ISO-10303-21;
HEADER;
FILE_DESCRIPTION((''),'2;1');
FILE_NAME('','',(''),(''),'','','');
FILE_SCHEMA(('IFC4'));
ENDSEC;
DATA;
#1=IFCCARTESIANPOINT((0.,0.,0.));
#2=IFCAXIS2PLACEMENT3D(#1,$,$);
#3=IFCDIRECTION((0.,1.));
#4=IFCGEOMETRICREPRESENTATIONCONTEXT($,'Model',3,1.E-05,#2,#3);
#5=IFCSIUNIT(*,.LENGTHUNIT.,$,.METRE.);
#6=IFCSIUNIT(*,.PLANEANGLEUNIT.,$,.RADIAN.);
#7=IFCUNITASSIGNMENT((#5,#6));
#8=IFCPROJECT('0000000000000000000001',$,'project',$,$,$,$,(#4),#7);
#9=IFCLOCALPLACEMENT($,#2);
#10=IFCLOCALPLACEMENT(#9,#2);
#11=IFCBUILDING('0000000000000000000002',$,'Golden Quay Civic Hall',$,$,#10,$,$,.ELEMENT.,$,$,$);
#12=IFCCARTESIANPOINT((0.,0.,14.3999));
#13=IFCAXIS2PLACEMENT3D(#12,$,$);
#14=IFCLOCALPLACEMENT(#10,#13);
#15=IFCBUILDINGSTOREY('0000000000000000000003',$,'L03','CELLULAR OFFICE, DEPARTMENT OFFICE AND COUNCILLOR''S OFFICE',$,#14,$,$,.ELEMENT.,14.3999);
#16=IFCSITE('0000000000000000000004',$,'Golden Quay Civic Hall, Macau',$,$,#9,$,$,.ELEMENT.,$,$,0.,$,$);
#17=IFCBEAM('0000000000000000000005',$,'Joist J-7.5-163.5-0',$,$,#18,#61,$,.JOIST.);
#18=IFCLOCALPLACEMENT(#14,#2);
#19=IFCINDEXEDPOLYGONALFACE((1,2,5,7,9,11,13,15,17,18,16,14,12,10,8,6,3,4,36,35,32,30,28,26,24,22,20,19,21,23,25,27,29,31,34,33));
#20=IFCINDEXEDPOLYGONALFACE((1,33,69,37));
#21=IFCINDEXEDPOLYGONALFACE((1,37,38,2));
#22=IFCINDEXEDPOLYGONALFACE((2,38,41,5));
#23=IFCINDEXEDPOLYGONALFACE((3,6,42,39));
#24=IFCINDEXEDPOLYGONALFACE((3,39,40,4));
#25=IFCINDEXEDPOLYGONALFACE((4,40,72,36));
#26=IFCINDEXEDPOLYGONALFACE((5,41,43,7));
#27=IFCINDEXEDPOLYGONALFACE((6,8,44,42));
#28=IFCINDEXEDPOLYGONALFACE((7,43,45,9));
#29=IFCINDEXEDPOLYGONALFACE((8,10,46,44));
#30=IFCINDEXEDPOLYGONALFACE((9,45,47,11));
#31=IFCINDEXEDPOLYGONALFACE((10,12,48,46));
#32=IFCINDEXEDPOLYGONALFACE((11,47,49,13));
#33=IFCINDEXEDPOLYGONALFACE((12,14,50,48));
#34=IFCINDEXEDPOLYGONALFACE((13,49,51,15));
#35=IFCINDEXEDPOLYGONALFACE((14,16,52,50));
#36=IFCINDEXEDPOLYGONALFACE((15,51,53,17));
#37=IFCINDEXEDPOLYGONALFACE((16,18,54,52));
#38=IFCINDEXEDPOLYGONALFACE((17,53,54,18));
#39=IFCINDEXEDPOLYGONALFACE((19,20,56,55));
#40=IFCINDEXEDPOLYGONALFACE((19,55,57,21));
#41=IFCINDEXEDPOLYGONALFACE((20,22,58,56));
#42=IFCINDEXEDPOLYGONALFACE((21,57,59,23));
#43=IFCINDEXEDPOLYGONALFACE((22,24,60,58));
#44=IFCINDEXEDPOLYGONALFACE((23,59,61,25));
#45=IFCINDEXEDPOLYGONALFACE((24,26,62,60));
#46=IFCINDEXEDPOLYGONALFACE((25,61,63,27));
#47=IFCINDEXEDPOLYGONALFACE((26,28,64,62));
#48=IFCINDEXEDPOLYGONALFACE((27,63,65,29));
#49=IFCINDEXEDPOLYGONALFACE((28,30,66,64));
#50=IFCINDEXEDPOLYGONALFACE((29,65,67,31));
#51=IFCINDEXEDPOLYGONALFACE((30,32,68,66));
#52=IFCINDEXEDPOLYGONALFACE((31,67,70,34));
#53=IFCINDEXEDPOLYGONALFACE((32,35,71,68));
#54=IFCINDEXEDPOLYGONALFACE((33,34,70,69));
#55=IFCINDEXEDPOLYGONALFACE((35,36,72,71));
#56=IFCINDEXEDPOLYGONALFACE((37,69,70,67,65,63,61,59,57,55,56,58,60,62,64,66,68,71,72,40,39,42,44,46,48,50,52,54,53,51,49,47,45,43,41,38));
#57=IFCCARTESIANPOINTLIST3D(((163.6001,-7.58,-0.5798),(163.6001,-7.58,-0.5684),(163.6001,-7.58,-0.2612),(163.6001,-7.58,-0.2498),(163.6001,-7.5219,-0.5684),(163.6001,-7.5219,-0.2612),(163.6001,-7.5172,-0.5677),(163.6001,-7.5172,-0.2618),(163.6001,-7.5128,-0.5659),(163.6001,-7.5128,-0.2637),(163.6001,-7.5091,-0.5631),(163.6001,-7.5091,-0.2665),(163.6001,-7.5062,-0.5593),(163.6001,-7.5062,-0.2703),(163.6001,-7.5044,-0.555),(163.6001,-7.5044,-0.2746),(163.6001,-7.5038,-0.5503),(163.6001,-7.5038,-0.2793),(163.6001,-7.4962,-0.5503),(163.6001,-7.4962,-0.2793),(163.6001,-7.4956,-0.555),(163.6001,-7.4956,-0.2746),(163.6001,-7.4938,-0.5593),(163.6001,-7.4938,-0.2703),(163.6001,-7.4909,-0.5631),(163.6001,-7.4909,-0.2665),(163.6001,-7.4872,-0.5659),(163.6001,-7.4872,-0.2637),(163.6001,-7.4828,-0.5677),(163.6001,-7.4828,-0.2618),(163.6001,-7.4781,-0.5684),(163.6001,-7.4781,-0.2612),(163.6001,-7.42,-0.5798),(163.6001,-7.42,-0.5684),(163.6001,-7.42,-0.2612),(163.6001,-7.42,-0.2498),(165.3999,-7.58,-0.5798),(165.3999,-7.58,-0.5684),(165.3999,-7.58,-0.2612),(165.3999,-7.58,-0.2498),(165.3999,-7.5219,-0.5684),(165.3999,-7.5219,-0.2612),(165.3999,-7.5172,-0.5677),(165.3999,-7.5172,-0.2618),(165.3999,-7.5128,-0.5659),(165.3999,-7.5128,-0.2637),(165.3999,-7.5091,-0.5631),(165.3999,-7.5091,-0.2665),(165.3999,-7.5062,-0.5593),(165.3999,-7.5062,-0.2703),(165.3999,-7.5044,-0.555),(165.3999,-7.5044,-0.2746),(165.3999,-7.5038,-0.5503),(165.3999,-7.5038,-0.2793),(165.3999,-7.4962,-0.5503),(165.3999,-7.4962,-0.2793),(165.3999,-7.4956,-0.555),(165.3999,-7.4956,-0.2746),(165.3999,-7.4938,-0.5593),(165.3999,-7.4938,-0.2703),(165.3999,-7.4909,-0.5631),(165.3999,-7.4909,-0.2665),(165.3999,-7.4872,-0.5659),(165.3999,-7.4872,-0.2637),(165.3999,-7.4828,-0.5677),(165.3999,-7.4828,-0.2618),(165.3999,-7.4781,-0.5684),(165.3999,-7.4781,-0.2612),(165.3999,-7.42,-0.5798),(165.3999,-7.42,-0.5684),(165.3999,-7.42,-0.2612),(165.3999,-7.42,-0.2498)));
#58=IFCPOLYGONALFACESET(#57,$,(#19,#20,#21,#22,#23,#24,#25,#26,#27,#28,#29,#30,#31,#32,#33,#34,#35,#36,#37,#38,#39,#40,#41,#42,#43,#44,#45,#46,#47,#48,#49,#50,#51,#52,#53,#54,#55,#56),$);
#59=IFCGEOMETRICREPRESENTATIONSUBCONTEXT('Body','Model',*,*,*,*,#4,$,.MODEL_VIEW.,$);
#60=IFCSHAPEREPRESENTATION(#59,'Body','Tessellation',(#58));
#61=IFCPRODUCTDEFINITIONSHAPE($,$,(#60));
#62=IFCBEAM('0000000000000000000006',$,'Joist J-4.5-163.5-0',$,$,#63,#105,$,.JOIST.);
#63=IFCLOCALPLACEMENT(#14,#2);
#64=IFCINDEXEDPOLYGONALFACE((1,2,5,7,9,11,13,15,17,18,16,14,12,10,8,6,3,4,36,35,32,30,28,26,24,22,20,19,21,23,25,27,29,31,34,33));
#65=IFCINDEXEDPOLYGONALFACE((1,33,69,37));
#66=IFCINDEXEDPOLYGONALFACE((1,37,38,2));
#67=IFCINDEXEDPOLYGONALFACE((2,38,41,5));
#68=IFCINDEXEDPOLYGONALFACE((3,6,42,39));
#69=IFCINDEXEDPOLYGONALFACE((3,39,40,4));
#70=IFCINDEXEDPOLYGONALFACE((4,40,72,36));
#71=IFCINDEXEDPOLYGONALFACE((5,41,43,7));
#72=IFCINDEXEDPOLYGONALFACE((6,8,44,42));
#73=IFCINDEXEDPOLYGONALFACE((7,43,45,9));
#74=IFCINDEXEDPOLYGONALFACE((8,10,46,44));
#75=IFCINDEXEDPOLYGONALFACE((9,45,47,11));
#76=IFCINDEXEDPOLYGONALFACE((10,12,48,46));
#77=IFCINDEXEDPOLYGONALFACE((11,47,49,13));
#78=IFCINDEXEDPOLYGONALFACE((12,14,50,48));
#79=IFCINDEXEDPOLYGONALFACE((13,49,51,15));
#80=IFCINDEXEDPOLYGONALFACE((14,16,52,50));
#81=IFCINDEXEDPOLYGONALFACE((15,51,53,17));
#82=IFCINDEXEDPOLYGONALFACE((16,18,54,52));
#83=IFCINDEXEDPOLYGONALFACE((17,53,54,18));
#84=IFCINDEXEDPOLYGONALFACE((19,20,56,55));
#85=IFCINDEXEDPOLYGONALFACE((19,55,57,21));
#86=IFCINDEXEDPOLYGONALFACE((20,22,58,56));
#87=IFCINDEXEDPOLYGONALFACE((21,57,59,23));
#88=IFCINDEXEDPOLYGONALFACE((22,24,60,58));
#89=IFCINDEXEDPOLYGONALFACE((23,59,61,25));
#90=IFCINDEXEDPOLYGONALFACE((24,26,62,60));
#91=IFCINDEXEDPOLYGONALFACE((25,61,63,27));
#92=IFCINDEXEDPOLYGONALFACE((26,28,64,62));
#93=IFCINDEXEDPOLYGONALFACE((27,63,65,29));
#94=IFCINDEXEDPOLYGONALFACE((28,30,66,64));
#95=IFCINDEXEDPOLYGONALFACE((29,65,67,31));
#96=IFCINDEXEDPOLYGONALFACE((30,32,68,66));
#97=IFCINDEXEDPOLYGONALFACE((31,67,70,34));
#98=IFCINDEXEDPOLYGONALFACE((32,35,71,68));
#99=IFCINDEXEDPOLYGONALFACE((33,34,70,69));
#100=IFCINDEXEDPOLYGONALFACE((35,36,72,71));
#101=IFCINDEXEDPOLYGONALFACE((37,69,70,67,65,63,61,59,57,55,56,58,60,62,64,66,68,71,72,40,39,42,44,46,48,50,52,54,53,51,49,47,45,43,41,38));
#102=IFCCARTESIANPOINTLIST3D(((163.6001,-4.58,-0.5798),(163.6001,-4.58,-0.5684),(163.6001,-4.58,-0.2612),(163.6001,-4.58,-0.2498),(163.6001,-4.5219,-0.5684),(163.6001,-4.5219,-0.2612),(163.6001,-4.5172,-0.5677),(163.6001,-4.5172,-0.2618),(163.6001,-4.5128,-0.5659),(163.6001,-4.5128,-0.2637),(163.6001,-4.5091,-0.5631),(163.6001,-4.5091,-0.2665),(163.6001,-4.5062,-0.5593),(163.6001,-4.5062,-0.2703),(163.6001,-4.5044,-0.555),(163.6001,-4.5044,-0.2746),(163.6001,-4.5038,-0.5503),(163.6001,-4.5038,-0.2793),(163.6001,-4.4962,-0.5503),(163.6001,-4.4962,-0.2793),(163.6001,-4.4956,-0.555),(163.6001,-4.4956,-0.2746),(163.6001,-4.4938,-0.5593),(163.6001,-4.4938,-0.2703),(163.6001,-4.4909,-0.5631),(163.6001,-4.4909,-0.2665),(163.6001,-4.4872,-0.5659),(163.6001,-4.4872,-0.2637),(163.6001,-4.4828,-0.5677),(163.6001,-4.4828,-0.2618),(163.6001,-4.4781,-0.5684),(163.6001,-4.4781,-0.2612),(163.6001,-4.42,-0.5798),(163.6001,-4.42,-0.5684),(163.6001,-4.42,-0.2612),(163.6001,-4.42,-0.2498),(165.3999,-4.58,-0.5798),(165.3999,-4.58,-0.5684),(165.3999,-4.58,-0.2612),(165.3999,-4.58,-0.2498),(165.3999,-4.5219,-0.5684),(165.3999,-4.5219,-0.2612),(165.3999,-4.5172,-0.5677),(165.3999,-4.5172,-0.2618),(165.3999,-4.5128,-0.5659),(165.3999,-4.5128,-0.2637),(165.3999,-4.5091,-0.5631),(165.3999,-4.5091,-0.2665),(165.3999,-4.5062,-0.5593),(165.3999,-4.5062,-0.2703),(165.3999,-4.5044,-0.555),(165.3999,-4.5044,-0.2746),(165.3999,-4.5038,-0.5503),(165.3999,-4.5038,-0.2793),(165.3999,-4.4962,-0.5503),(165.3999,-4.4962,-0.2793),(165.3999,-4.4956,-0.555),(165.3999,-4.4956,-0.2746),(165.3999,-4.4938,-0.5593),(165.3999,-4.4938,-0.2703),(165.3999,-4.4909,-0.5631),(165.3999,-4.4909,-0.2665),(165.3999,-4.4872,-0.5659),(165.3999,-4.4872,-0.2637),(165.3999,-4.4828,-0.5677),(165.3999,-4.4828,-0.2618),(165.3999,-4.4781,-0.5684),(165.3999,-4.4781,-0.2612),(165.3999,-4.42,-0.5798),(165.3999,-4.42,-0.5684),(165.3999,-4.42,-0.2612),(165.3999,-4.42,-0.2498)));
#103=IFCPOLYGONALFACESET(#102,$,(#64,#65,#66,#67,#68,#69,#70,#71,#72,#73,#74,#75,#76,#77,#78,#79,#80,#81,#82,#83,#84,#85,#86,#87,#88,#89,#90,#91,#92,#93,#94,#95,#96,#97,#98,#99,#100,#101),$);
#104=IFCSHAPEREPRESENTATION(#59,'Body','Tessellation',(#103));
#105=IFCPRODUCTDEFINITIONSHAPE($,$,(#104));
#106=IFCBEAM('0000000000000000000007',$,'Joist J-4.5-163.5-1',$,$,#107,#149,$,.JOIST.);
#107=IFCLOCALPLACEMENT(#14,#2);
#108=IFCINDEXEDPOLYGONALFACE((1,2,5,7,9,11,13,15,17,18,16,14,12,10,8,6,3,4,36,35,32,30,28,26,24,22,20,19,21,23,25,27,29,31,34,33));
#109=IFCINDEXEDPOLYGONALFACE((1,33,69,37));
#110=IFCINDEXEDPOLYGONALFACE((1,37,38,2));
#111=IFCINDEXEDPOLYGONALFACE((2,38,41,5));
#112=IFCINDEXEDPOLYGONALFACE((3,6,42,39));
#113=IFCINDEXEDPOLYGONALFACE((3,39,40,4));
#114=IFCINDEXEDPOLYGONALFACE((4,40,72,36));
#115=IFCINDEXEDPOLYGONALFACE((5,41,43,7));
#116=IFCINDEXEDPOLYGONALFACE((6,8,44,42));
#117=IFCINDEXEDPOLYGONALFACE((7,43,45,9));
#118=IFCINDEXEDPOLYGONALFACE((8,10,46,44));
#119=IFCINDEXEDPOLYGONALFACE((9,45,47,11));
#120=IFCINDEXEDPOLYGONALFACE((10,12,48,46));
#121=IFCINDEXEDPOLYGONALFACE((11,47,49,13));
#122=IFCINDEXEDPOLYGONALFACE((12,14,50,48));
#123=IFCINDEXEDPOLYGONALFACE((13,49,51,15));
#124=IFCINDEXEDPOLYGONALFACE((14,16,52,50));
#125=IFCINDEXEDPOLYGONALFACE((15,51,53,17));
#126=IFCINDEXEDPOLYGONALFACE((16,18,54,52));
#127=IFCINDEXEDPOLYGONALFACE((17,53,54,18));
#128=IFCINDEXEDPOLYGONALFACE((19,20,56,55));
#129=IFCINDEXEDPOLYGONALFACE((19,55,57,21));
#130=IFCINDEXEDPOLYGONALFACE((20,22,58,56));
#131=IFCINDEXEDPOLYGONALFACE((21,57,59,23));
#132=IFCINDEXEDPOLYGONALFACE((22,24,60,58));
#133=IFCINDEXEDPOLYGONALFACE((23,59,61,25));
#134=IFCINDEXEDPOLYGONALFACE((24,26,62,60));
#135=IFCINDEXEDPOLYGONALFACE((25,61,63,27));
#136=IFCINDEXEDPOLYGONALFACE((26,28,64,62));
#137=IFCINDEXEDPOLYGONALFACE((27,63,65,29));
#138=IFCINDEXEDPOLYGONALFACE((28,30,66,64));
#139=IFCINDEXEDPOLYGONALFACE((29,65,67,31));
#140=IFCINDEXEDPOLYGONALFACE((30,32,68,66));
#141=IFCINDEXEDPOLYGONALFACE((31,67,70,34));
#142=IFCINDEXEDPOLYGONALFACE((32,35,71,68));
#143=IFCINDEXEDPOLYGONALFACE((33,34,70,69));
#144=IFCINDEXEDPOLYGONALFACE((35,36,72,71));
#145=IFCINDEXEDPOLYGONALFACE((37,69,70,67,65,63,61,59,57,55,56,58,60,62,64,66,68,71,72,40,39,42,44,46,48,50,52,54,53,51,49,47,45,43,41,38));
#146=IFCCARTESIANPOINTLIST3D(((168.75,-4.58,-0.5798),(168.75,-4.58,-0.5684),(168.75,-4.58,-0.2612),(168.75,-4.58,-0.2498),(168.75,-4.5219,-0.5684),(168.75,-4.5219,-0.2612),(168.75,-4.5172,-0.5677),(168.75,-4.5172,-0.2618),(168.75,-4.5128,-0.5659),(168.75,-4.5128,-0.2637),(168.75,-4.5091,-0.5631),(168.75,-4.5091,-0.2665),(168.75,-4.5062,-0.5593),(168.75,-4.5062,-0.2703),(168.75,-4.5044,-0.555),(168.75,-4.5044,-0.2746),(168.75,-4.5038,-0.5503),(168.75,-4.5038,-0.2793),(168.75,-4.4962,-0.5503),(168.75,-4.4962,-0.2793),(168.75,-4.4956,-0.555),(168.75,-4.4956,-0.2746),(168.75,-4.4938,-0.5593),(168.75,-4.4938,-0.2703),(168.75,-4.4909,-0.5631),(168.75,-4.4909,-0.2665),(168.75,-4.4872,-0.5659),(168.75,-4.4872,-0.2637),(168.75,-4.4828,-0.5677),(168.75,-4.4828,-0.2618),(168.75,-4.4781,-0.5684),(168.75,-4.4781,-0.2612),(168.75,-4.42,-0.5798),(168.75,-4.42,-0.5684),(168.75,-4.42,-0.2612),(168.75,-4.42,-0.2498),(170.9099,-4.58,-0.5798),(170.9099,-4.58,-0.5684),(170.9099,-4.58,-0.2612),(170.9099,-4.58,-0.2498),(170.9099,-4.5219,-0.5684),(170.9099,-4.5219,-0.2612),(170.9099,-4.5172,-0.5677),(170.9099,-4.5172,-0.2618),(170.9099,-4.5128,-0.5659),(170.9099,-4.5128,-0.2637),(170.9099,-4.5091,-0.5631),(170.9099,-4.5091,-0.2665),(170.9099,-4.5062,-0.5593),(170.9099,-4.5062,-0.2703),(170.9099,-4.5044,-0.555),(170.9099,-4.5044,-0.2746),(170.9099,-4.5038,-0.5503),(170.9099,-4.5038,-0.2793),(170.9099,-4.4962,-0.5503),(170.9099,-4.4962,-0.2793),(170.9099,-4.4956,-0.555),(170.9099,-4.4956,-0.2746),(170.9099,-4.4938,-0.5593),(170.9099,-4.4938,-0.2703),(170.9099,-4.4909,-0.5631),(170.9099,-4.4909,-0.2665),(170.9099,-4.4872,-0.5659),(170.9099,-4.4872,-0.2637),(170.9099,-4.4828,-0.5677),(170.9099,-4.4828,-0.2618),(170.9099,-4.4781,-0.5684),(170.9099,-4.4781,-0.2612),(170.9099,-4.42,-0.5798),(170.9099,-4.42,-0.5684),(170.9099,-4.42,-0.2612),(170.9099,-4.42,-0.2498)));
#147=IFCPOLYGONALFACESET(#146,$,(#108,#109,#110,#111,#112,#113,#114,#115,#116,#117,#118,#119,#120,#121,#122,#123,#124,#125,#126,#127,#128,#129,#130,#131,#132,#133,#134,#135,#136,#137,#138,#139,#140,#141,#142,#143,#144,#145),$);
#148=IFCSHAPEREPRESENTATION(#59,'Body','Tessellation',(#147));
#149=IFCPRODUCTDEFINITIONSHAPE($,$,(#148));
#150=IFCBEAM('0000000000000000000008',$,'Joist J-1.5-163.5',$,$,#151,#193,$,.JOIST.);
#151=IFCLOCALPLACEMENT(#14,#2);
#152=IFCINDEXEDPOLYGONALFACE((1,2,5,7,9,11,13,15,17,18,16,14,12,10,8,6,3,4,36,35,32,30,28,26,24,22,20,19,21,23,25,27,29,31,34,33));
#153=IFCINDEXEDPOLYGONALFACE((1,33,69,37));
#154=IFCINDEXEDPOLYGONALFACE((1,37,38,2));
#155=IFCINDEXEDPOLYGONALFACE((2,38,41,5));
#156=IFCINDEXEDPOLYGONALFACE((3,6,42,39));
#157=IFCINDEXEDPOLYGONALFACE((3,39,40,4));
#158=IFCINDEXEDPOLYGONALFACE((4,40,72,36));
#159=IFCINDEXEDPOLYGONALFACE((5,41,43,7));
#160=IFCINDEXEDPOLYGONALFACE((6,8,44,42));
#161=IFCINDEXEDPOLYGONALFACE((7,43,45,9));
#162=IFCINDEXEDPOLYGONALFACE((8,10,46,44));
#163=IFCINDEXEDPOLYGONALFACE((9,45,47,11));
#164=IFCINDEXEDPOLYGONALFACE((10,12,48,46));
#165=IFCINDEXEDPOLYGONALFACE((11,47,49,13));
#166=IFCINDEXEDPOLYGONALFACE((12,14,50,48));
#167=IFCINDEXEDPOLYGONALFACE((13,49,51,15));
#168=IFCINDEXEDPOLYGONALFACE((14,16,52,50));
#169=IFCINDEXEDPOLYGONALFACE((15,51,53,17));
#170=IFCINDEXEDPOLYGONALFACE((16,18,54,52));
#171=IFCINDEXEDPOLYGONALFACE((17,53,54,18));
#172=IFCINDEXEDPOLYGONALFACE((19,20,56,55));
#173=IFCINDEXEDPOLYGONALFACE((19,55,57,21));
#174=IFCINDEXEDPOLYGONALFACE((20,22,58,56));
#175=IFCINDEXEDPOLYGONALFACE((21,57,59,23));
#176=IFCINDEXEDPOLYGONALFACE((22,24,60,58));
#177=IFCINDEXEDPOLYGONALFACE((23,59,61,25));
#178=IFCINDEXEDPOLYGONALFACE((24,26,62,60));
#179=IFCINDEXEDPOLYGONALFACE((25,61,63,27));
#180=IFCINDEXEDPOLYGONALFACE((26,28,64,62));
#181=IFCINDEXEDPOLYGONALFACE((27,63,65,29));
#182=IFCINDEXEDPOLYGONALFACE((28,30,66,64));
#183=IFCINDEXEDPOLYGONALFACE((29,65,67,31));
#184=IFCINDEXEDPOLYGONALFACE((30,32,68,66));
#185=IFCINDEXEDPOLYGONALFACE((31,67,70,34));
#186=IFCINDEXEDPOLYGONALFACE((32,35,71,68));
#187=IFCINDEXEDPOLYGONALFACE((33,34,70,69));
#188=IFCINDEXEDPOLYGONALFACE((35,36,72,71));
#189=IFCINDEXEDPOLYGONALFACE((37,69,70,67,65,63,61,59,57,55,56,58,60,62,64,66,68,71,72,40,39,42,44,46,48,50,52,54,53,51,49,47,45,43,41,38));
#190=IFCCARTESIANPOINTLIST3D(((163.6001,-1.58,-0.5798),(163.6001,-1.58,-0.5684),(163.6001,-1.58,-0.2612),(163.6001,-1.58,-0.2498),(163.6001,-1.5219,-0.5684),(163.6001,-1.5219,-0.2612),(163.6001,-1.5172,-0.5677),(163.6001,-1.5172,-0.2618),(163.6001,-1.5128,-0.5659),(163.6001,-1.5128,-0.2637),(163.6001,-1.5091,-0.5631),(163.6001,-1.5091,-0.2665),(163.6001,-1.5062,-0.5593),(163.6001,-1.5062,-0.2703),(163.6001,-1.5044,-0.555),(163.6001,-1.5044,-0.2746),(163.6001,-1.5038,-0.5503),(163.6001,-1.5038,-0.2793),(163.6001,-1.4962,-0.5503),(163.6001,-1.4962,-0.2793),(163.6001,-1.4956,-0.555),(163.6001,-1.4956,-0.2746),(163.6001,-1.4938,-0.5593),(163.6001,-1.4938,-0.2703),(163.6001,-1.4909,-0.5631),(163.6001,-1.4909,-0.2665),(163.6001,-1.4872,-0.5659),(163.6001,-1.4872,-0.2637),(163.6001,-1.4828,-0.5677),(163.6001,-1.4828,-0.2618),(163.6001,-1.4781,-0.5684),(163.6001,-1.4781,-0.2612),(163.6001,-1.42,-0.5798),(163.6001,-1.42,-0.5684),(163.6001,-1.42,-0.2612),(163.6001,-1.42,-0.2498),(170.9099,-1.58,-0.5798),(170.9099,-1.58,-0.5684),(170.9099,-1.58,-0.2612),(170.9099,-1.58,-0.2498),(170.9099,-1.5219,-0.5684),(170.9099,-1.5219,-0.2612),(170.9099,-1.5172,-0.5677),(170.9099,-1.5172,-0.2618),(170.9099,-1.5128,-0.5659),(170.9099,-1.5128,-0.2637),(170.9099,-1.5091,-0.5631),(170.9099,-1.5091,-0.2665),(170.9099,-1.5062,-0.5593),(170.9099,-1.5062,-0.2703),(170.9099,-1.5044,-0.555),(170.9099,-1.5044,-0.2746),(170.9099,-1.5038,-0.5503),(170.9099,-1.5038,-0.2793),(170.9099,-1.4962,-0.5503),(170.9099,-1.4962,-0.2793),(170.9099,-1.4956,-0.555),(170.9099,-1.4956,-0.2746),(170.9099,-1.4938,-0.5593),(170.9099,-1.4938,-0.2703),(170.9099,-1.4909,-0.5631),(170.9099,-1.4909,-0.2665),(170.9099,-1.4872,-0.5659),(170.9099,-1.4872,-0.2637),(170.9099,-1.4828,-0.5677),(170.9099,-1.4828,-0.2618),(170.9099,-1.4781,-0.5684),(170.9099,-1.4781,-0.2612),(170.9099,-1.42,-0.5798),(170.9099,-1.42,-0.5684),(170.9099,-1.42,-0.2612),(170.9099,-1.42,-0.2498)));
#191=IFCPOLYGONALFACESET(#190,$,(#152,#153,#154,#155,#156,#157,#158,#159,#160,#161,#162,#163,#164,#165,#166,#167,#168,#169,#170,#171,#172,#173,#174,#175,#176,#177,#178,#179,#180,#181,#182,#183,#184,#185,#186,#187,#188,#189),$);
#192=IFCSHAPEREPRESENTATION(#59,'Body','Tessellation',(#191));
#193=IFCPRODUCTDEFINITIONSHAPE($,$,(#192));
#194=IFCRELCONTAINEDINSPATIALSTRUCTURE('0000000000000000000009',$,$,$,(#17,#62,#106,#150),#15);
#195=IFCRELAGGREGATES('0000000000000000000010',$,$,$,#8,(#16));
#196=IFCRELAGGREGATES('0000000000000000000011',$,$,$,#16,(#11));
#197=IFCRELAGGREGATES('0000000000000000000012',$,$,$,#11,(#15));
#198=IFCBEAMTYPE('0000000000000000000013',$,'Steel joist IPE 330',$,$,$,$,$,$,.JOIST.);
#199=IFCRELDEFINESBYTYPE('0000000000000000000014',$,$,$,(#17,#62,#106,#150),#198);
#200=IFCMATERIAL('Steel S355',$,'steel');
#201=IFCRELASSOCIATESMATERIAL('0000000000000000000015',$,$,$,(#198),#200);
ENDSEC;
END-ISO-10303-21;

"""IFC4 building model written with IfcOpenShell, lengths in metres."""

from ifc_helpers import new_model, si_unit, direction, frame, origin, origin_2d, place, context, subcontext, project, spatial, i_section, extrude, material, material_profile, profile_set, type_object, element, save


model = new_model("IFC4")

# Units and contexts
model_context = context("Model", 3, precision=1e-05, world=origin(), true_north=direction((0.0, 1.0)))
body_context = subcontext(model_context, "Body", "Model", "MODEL_VIEW")
ifc_project = project(units=[si_unit("LENGTHUNIT", "METRE"), si_unit("PLANEANGLEUNIT", "RADIAN")], contexts=[model_context])

# Site, building, storey
site_placement = place(None, origin())
site = spatial("IfcSite", under=ifc_project, at=site_placement, Name="Golden Quay Civic Hall, Macau", CompositionType="ELEMENT", RefElevation=0.0)
building_placement = place(site_placement, origin())
building = spatial("IfcBuilding", under=site, at=building_placement, Name="Golden Quay Civic Hall", CompositionType="ELEMENT")
storey_placement = place(building_placement, frame((0.0, 0.0, 14.3999)))
storey = spatial("IfcBuildingStorey", under=building, at=storey_placement, Name="L03", Description="CELLULAR OFFICE, DEPARTMENT OFFICE AND COUNCILLOR'S OFFICE", CompositionType="ELEMENT", Elevation=14.3999)

# Beams
ifc_material_1 = material(Name="Steel S355", Category="steel")
ifc_material_profile_1 = material_profile(ifc_material_1, i_section(OverallWidth=0.1599, OverallDepth=0.3301, WebThickness=0.0076, FlangeThickness=0.0115, FilletRadius=0.0181, at=origin_2d()), Name="IPE 330")
ifc_profile_set_1 = profile_set([ifc_material_profile_1], Name="Steel S355")
beam_type_1 = type_object("IfcBeamType", Name="Steel joist IPE 330", PredefinedType="JOIST", material=ifc_profile_set_1)
for number, where, z_axis, x_axis, name in (
    (1, (163.6001, -7.5, -0.4148), (1.0, 0.0, 0.0), (0.0, 1.0, 0.0), "Joist J-7.5-163.5-0"),
    (2, (163.6001, -4.5, -0.4148), (1.0, 0.0, 0.0), (0.0, 1.0, 0.0), "Joist J-4.5-163.5-0"),
):
    element("IfcBeam", number, at=place(storey_placement, frame(where, z_axis=z_axis, x_axis=x_axis)), inside=storey, type_object=beam_type_1, Name=name, PredefinedType="JOIST", context=body_context, shape_type="SweptSolid", body=[
        extrude(i_section(OverallWidth=0.1599, OverallDepth=0.3301, WebThickness=0.0076, FlangeThickness=0.0115, FilletRadius=0.0181, at=origin_2d()), origin(), (0.0, 0.0, 1.0), 1.7998),
    ])
beam_1_placement = place(storey_placement, frame((168.75, -4.5, -0.4148), z_axis=(1.0, 0.0, 0.0), x_axis=(0.0, 1.0, 0.0)))
element("IfcBeam", 3, at=beam_1_placement, inside=storey, type_object=beam_type_1, Name="Joist J-4.5-163.5-1", PredefinedType="JOIST", context=body_context, shape_type="SweptSolid", body=[
    extrude(i_section(OverallWidth=0.1599, OverallDepth=0.3301, WebThickness=0.0076, FlangeThickness=0.0115, FilletRadius=0.0181, at=origin_2d()), origin(), (0.0, 0.0, 1.0), 2.1599),
])
for number, where, z_axis, x_axis, name in (
    (4, (163.6001, -1.5, -0.4148), (1.0, 0.0, 0.0), (0.0, 1.0, 0.0), "Joist J-1.5-163.5"),
):
    element("IfcBeam", number, at=place(storey_placement, frame(where, z_axis=z_axis, x_axis=x_axis)), inside=storey, type_object=beam_type_1, Name=name, PredefinedType="JOIST", context=body_context, shape_type="SweptSolid", body=[
        extrude(i_section(OverallWidth=0.1599, OverallDepth=0.3301, WebThickness=0.0076, FlangeThickness=0.0115, FilletRadius=0.0181, at=origin_2d()), origin(), (0.0, 0.0, 1.0), 7.3098),
    ])

save(model, "model.ifc")
